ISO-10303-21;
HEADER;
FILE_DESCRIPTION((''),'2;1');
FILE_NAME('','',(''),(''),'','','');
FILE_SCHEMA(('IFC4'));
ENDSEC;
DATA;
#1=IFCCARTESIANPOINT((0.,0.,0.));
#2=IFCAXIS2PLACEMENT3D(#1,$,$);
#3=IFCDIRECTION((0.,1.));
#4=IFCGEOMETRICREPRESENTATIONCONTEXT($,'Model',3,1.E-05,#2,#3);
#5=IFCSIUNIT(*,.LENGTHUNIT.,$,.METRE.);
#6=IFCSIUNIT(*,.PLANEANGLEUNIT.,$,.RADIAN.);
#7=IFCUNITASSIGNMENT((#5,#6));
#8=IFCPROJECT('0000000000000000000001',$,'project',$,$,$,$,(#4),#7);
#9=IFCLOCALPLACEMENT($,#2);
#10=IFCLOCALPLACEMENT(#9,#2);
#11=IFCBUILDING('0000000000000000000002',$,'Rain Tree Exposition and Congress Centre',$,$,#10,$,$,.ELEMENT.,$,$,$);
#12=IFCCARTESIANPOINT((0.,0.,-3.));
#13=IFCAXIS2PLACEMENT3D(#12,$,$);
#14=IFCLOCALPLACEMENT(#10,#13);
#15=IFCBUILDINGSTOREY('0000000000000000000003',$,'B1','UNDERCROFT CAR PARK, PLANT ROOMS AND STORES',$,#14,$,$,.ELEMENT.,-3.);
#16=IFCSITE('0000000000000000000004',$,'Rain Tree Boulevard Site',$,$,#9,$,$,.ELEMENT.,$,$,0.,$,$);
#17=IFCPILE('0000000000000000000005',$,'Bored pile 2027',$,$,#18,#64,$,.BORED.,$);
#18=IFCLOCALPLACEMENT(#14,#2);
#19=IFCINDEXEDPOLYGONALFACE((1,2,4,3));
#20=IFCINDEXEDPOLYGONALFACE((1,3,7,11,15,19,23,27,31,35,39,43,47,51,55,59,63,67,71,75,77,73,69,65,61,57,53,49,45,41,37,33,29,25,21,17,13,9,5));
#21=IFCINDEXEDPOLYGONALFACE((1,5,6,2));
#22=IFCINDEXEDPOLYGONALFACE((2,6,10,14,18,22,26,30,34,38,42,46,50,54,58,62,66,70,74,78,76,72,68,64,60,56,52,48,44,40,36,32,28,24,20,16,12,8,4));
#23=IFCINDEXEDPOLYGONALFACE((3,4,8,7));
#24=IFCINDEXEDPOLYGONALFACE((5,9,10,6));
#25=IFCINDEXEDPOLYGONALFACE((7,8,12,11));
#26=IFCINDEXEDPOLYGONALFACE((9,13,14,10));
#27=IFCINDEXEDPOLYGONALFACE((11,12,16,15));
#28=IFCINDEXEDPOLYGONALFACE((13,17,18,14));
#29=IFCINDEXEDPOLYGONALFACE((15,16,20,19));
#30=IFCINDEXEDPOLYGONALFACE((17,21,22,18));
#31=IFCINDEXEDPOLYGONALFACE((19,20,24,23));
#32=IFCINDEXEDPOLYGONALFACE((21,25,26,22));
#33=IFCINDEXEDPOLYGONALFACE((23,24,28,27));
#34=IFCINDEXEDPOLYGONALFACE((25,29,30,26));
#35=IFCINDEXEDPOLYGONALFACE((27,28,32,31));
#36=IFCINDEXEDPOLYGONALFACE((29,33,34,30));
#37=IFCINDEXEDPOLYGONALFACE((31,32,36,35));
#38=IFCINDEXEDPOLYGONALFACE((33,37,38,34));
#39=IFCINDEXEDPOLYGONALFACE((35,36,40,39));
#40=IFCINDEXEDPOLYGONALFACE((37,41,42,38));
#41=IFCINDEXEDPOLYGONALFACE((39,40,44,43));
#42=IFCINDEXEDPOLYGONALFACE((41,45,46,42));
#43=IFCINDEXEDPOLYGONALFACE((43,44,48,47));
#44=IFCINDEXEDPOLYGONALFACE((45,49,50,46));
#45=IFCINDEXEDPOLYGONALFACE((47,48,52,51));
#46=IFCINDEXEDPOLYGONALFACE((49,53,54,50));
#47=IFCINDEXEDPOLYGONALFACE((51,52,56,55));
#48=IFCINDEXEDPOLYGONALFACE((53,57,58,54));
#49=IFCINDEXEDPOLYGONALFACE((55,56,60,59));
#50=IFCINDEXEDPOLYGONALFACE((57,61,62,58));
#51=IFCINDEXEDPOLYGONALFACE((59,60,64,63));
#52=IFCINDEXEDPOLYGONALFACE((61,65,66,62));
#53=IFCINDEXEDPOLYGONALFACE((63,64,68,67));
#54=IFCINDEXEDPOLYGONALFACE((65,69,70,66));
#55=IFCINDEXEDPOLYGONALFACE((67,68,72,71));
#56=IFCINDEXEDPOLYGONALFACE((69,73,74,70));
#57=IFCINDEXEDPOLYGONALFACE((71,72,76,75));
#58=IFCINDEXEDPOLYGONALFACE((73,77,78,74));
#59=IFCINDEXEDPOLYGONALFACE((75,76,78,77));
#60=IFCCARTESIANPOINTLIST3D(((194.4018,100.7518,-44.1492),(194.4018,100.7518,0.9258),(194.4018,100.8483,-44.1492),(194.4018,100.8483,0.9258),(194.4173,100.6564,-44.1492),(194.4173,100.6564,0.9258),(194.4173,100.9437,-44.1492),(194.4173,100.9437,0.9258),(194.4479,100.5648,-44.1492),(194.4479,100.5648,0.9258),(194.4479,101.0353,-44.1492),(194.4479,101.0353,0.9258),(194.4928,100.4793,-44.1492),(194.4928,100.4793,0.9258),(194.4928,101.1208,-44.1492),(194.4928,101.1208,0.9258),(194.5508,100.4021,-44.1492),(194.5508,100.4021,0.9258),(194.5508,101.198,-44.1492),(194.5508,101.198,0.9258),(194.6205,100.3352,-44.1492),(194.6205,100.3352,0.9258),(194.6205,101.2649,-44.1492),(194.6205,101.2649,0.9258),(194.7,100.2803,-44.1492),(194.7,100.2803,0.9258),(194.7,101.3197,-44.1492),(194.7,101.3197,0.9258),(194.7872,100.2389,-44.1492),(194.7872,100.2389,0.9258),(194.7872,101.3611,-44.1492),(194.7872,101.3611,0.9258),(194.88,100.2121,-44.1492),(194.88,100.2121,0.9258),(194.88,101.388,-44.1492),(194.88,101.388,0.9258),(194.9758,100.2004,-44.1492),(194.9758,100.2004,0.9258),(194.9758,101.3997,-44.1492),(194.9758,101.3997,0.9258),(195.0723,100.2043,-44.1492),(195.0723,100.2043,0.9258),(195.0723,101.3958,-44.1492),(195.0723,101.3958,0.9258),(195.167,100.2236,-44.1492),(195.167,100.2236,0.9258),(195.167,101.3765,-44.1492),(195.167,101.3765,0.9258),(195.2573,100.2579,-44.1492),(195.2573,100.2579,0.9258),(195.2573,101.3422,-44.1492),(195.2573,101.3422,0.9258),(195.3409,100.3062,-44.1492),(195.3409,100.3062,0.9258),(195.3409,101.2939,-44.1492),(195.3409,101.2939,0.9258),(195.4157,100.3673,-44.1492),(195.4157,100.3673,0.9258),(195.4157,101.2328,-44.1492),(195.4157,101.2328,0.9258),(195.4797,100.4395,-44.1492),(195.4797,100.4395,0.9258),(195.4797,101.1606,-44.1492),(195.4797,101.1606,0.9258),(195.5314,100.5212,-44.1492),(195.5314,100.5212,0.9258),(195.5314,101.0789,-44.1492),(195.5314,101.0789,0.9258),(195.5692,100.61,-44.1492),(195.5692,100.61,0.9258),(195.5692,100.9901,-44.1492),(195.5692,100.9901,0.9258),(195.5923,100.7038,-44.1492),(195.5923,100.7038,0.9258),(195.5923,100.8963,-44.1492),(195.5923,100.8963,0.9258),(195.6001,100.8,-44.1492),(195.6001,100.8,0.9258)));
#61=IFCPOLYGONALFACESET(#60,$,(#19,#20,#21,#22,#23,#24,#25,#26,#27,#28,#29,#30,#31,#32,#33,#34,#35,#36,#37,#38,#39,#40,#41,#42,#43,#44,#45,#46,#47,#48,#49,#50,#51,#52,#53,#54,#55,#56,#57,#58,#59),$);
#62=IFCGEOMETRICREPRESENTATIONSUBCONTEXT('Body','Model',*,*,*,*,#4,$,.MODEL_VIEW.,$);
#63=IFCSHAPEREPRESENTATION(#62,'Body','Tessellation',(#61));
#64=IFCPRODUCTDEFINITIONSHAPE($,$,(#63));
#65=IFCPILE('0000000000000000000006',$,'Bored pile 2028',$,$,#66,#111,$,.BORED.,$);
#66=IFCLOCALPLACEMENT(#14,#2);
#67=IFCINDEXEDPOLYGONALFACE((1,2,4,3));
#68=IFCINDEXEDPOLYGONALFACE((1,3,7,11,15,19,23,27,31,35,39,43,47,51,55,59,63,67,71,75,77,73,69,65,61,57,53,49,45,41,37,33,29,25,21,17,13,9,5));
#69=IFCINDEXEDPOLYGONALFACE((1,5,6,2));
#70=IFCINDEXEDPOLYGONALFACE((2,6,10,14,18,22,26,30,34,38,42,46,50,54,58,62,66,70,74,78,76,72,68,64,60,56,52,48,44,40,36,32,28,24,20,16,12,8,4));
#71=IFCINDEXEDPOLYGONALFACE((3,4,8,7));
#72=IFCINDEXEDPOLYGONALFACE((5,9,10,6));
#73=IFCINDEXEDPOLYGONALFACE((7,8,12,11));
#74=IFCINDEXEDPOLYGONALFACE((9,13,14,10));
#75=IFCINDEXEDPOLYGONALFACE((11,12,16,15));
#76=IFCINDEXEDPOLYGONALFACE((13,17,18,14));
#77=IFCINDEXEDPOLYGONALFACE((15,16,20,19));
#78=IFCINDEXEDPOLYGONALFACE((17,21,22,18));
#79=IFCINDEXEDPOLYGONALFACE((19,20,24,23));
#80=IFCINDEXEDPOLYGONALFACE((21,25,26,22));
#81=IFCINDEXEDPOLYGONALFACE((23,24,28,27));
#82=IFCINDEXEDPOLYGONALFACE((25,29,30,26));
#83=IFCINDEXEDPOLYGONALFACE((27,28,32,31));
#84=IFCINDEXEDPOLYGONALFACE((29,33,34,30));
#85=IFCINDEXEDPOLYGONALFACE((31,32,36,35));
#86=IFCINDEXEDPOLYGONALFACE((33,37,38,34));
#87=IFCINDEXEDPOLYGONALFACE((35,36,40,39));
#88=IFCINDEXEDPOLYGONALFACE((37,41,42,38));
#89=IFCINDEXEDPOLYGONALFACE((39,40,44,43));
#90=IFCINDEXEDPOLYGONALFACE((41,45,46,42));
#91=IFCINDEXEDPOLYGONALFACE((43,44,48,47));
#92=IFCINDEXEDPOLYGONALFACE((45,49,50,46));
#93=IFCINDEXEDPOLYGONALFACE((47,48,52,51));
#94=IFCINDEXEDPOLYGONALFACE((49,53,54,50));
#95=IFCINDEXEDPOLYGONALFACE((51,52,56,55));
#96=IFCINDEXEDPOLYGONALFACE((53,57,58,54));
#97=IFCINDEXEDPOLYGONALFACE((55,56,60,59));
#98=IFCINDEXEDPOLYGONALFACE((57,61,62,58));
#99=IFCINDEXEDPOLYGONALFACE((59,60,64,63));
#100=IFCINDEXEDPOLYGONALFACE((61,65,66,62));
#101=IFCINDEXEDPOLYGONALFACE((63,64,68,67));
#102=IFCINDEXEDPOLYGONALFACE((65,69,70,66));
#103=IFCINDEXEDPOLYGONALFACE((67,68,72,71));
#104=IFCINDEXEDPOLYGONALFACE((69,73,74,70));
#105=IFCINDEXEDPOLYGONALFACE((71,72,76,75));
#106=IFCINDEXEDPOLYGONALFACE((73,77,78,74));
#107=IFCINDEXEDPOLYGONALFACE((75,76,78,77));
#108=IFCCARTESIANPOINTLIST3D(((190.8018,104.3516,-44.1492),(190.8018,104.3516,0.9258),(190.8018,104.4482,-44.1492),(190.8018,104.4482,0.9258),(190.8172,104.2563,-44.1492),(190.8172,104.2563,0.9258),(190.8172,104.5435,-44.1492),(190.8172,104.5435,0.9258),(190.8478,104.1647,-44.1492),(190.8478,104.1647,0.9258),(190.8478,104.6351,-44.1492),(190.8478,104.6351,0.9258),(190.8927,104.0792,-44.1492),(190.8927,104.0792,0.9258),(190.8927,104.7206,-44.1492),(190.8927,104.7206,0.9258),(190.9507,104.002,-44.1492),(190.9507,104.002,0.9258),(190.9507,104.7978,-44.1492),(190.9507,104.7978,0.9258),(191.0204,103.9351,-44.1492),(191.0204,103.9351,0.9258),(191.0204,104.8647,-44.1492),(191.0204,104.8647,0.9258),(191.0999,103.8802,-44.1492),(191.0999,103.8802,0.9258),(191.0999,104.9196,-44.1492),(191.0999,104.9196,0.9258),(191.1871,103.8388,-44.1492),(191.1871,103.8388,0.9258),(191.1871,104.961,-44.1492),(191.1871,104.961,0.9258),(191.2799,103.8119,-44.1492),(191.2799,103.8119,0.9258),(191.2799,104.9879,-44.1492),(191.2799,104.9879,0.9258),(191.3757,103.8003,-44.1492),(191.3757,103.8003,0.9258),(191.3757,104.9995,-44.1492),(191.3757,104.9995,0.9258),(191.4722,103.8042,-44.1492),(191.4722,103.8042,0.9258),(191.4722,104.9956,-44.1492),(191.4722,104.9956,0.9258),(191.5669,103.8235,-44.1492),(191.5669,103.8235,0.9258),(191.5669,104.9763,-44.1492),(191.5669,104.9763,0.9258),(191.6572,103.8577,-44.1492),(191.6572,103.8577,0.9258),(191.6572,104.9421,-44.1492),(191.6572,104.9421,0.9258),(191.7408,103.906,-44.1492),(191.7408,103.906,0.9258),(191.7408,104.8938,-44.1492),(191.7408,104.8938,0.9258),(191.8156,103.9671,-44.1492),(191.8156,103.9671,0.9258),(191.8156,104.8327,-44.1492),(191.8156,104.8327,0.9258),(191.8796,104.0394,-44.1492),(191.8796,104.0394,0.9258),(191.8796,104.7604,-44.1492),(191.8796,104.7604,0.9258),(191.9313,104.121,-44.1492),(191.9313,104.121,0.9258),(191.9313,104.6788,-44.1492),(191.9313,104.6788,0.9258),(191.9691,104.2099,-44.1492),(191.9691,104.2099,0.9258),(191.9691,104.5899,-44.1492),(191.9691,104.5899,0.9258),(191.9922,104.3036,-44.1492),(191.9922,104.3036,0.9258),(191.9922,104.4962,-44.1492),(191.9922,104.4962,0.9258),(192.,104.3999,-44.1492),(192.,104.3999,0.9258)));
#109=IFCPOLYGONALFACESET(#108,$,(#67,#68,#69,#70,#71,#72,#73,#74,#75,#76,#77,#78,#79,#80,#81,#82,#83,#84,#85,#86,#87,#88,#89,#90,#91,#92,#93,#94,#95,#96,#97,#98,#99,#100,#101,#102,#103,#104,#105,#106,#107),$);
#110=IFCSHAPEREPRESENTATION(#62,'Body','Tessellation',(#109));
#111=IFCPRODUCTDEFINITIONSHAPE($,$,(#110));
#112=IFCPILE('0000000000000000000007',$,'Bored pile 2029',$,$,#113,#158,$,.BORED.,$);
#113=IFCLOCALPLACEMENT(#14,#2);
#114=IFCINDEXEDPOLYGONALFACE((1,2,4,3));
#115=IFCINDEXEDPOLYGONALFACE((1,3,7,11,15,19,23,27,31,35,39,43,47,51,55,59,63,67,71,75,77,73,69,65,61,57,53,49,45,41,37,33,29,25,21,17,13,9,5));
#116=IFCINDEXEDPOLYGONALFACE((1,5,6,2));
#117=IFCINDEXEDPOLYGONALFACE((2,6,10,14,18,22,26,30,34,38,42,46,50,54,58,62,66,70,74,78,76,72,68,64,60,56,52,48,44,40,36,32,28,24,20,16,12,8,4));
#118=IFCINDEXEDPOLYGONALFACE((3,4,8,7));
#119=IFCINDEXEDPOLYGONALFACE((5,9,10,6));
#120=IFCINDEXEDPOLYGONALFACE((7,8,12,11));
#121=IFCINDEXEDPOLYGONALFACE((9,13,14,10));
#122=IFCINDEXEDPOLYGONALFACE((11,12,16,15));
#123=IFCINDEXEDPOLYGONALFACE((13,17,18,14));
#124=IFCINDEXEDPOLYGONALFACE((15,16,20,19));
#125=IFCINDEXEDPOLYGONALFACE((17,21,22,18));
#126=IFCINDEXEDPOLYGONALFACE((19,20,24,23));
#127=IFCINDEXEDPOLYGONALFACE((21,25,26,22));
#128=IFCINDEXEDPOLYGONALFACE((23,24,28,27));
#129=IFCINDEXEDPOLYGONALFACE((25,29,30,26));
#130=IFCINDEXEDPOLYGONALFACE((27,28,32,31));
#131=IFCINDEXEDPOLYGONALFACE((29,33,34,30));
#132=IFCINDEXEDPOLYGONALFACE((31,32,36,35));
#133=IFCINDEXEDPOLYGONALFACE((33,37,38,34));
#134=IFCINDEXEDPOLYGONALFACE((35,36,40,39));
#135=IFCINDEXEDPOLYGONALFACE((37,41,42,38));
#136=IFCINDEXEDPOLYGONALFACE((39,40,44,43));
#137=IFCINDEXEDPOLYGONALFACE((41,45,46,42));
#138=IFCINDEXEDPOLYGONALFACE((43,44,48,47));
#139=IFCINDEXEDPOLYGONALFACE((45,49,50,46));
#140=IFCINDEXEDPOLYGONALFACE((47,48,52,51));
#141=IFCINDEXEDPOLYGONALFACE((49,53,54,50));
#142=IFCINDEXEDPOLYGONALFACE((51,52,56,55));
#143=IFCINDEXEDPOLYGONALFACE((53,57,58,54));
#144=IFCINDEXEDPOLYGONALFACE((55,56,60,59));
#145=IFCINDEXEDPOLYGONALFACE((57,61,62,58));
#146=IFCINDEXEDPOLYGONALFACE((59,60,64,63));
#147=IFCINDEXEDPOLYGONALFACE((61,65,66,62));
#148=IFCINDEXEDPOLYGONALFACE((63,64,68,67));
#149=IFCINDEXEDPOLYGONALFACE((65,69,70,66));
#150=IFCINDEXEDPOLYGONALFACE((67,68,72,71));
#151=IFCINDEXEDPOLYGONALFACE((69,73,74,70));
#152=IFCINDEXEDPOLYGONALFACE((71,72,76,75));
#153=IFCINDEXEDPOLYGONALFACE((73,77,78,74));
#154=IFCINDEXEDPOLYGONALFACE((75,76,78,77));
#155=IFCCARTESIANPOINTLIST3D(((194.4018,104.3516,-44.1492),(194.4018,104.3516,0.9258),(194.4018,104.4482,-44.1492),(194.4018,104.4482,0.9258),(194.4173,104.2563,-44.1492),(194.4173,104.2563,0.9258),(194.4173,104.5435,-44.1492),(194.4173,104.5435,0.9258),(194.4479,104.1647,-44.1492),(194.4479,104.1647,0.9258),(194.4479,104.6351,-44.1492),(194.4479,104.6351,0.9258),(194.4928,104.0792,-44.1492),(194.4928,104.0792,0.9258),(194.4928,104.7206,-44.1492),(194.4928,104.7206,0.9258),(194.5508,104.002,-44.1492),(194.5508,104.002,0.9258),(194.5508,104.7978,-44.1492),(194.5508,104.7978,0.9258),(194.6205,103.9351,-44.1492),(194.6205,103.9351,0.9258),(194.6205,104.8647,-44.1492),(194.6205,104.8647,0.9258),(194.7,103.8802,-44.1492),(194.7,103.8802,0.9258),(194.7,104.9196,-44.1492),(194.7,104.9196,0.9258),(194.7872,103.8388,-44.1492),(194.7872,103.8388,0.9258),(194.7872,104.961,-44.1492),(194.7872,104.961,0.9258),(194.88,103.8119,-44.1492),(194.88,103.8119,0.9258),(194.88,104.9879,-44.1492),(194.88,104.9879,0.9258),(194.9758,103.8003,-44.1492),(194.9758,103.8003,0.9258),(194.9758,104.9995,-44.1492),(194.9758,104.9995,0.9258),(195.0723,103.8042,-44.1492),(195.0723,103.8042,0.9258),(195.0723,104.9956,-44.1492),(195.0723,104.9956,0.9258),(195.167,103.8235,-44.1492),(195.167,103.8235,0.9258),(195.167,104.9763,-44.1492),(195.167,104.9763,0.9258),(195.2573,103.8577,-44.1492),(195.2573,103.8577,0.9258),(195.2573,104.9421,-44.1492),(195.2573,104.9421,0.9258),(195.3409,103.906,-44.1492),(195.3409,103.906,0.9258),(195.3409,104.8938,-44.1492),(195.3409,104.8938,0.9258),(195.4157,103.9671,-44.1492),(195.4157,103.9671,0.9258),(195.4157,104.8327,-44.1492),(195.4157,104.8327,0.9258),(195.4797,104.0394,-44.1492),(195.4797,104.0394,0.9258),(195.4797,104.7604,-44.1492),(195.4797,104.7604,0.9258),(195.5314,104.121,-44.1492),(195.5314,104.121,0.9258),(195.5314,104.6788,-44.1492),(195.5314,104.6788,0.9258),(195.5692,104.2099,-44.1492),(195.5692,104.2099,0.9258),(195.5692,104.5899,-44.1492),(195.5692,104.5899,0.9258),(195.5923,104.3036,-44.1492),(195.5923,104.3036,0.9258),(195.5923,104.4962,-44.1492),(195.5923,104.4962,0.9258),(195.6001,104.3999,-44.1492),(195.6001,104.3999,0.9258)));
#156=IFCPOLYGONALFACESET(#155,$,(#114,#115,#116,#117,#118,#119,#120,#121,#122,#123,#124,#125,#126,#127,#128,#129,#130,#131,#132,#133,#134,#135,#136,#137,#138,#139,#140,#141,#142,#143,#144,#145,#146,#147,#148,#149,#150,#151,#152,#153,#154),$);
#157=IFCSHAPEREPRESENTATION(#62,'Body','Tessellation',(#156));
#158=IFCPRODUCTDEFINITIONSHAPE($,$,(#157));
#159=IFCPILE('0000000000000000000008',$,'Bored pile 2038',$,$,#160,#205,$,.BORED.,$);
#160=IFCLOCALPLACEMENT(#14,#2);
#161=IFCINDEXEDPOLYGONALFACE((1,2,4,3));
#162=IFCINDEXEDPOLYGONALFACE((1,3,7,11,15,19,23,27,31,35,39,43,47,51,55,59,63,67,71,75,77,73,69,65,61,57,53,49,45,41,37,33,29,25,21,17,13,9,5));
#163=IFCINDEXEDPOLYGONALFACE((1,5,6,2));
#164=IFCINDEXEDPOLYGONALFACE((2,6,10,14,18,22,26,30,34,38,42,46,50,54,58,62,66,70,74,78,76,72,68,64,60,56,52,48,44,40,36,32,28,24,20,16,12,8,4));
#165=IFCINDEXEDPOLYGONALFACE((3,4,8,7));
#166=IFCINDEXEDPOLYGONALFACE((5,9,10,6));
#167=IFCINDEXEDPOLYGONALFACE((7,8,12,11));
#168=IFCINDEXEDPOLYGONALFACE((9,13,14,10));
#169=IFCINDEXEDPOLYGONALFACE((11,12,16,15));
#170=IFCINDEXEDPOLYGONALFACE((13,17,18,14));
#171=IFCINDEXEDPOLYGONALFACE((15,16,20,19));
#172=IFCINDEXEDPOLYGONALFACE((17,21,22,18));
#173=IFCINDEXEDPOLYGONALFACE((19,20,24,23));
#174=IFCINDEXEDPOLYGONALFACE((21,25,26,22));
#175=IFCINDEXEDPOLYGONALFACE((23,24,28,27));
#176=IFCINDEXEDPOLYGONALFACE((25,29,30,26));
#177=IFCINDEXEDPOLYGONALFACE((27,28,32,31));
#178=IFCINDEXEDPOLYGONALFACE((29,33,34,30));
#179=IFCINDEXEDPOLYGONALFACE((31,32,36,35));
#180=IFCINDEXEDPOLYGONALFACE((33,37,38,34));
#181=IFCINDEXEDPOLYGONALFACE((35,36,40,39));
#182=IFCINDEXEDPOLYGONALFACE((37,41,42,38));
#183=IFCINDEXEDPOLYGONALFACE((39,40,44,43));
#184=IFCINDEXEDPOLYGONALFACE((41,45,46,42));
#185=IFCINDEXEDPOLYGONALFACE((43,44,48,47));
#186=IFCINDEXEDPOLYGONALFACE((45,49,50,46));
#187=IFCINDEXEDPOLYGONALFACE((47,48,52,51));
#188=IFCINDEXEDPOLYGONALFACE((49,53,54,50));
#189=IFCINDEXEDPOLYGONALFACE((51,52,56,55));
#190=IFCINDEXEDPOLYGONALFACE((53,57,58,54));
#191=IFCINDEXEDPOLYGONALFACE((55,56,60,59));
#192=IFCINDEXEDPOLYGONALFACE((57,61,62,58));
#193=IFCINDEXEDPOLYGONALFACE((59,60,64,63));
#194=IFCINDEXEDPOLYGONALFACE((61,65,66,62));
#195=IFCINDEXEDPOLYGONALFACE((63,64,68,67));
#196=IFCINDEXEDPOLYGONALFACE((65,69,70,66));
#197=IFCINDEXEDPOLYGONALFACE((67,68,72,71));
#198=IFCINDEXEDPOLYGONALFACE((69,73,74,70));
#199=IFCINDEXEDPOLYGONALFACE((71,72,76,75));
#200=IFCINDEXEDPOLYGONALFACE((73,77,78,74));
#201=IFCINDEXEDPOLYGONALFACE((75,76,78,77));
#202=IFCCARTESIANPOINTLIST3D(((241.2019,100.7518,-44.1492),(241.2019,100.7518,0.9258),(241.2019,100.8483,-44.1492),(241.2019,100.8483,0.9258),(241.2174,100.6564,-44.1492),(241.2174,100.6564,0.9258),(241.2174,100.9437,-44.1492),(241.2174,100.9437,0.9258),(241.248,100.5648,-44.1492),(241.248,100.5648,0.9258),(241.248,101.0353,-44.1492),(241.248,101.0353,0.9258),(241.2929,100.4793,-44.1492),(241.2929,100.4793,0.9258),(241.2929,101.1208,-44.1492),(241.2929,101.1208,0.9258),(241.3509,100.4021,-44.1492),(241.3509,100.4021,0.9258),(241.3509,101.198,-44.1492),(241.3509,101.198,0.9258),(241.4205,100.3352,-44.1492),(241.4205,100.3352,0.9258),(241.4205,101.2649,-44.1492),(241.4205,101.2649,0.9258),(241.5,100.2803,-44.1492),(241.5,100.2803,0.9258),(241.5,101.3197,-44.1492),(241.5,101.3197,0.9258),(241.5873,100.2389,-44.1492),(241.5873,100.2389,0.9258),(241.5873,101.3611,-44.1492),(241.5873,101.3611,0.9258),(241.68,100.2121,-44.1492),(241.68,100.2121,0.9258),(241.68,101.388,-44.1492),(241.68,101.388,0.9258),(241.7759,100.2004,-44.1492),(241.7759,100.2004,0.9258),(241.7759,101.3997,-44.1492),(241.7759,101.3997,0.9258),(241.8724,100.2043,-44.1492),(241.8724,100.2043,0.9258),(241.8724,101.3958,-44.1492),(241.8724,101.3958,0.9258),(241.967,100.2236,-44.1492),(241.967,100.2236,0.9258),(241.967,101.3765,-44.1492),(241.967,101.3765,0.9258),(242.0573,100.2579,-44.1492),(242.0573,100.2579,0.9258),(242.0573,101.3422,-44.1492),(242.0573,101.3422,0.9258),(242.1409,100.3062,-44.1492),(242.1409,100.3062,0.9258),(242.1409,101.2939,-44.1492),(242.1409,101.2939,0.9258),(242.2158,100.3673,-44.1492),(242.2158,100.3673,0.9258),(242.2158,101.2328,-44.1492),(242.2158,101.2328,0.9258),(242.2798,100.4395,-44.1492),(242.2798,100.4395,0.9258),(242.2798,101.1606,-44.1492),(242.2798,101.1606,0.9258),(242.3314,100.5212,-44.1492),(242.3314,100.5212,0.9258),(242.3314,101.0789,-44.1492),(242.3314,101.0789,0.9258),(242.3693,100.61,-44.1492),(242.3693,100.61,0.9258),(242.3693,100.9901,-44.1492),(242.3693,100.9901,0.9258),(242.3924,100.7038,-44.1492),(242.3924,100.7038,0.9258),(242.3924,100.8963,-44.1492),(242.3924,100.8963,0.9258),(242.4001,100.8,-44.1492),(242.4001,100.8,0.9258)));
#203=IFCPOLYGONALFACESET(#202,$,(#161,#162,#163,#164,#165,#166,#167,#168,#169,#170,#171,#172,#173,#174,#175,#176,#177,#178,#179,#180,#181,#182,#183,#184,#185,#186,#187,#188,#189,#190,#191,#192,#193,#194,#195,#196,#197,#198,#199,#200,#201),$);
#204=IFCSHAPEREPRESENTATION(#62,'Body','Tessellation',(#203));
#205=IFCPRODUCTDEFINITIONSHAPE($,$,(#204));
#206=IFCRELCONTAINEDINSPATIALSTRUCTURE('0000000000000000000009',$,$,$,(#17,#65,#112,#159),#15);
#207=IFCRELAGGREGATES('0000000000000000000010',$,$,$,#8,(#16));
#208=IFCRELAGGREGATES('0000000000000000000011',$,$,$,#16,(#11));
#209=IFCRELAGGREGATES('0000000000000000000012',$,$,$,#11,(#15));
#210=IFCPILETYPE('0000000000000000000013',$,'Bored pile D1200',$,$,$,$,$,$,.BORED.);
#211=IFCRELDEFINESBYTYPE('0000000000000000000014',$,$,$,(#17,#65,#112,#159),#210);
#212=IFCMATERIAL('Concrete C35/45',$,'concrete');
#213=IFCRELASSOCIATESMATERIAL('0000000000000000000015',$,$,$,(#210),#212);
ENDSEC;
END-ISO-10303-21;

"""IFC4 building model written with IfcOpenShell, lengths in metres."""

from ifc_helpers import new_model, si_unit, direction, frame, origin, origin_2d, place, context, subcontext, project, spatial, circle, extrude, material, material_profile, profile_set, type_object, element, save


model = new_model("IFC4")

# Units and contexts
model_context = context("Model", 3, precision=1e-05, world=origin(), true_north=direction((0.0, 1.0)))
body_context = subcontext(model_context, "Body", "Model", "MODEL_VIEW")
ifc_project = project(units=[si_unit("LENGTHUNIT", "METRE"), si_unit("PLANEANGLEUNIT", "RADIAN")], contexts=[model_context])

# Site, building, storey
site_placement = place(None, origin())
site = spatial("IfcSite", under=ifc_project, at=site_placement, Name="Rain Tree Boulevard Site", CompositionType="ELEMENT", RefElevation=0.0)
building_placement = place(site_placement, origin())
building = spatial("IfcBuilding", under=site, at=building_placement, Name="Rain Tree Exposition and Congress Centre", CompositionType="ELEMENT")
storey_placement = place(building_placement, frame((0.0, 0.0, -3.0)))
storey = spatial("IfcBuildingStorey", under=building, at=storey_placement, Name="B1", Description="UNDERCROFT CAR PARK, PLANT ROOMS AND STORES", CompositionType="ELEMENT", Elevation=-3.0)

# Piles
ifc_material_1 = material(Name="Concrete C35/45", Category="concrete")
ifc_material_profile_1 = material_profile(ifc_material_1, circle(Radius=0.6001, at=origin_2d()), Name="D1200")
ifc_profile_set_1 = profile_set([ifc_material_profile_1], Name="Concrete C35/45")
pile_type_1 = type_object("IfcPileType", Name="Bored pile D1200", PredefinedType="BORED", material=ifc_profile_set_1)
for number, where, z_axis, x_axis, name in (
    (1, (195.0, 100.8, 0.9258), (0.0, 0.0, -1.0), (1.0, 0.0, 0.0), "Bored pile 2027"),
    (2, (191.3999, 104.3999, 0.9258), (0.0, 0.0, -1.0), (1.0, 0.0, 0.0), "Bored pile 2028"),
    (3, (195.0, 104.3999, 0.9258), (0.0, 0.0, -1.0), (1.0, 0.0, 0.0), "Bored pile 2029"),
    (4, (241.8, 100.8, 0.9258), (0.0, 0.0, -1.0), (1.0, 0.0, 0.0), "Bored pile 2038"),
):
    element("IfcPile", number, at=place(storey_placement, frame(where, z_axis=z_axis, x_axis=x_axis)), inside=storey, type_object=pile_type_1, Name=name, PredefinedType="BORED", context=body_context, shape_type="SweptSolid", body=[
        extrude(circle(Radius=0.6001, at=origin_2d()), origin(), (0.0, 0.0, 1.0), 45.075),
    ])

save(model, "model.ifc")
